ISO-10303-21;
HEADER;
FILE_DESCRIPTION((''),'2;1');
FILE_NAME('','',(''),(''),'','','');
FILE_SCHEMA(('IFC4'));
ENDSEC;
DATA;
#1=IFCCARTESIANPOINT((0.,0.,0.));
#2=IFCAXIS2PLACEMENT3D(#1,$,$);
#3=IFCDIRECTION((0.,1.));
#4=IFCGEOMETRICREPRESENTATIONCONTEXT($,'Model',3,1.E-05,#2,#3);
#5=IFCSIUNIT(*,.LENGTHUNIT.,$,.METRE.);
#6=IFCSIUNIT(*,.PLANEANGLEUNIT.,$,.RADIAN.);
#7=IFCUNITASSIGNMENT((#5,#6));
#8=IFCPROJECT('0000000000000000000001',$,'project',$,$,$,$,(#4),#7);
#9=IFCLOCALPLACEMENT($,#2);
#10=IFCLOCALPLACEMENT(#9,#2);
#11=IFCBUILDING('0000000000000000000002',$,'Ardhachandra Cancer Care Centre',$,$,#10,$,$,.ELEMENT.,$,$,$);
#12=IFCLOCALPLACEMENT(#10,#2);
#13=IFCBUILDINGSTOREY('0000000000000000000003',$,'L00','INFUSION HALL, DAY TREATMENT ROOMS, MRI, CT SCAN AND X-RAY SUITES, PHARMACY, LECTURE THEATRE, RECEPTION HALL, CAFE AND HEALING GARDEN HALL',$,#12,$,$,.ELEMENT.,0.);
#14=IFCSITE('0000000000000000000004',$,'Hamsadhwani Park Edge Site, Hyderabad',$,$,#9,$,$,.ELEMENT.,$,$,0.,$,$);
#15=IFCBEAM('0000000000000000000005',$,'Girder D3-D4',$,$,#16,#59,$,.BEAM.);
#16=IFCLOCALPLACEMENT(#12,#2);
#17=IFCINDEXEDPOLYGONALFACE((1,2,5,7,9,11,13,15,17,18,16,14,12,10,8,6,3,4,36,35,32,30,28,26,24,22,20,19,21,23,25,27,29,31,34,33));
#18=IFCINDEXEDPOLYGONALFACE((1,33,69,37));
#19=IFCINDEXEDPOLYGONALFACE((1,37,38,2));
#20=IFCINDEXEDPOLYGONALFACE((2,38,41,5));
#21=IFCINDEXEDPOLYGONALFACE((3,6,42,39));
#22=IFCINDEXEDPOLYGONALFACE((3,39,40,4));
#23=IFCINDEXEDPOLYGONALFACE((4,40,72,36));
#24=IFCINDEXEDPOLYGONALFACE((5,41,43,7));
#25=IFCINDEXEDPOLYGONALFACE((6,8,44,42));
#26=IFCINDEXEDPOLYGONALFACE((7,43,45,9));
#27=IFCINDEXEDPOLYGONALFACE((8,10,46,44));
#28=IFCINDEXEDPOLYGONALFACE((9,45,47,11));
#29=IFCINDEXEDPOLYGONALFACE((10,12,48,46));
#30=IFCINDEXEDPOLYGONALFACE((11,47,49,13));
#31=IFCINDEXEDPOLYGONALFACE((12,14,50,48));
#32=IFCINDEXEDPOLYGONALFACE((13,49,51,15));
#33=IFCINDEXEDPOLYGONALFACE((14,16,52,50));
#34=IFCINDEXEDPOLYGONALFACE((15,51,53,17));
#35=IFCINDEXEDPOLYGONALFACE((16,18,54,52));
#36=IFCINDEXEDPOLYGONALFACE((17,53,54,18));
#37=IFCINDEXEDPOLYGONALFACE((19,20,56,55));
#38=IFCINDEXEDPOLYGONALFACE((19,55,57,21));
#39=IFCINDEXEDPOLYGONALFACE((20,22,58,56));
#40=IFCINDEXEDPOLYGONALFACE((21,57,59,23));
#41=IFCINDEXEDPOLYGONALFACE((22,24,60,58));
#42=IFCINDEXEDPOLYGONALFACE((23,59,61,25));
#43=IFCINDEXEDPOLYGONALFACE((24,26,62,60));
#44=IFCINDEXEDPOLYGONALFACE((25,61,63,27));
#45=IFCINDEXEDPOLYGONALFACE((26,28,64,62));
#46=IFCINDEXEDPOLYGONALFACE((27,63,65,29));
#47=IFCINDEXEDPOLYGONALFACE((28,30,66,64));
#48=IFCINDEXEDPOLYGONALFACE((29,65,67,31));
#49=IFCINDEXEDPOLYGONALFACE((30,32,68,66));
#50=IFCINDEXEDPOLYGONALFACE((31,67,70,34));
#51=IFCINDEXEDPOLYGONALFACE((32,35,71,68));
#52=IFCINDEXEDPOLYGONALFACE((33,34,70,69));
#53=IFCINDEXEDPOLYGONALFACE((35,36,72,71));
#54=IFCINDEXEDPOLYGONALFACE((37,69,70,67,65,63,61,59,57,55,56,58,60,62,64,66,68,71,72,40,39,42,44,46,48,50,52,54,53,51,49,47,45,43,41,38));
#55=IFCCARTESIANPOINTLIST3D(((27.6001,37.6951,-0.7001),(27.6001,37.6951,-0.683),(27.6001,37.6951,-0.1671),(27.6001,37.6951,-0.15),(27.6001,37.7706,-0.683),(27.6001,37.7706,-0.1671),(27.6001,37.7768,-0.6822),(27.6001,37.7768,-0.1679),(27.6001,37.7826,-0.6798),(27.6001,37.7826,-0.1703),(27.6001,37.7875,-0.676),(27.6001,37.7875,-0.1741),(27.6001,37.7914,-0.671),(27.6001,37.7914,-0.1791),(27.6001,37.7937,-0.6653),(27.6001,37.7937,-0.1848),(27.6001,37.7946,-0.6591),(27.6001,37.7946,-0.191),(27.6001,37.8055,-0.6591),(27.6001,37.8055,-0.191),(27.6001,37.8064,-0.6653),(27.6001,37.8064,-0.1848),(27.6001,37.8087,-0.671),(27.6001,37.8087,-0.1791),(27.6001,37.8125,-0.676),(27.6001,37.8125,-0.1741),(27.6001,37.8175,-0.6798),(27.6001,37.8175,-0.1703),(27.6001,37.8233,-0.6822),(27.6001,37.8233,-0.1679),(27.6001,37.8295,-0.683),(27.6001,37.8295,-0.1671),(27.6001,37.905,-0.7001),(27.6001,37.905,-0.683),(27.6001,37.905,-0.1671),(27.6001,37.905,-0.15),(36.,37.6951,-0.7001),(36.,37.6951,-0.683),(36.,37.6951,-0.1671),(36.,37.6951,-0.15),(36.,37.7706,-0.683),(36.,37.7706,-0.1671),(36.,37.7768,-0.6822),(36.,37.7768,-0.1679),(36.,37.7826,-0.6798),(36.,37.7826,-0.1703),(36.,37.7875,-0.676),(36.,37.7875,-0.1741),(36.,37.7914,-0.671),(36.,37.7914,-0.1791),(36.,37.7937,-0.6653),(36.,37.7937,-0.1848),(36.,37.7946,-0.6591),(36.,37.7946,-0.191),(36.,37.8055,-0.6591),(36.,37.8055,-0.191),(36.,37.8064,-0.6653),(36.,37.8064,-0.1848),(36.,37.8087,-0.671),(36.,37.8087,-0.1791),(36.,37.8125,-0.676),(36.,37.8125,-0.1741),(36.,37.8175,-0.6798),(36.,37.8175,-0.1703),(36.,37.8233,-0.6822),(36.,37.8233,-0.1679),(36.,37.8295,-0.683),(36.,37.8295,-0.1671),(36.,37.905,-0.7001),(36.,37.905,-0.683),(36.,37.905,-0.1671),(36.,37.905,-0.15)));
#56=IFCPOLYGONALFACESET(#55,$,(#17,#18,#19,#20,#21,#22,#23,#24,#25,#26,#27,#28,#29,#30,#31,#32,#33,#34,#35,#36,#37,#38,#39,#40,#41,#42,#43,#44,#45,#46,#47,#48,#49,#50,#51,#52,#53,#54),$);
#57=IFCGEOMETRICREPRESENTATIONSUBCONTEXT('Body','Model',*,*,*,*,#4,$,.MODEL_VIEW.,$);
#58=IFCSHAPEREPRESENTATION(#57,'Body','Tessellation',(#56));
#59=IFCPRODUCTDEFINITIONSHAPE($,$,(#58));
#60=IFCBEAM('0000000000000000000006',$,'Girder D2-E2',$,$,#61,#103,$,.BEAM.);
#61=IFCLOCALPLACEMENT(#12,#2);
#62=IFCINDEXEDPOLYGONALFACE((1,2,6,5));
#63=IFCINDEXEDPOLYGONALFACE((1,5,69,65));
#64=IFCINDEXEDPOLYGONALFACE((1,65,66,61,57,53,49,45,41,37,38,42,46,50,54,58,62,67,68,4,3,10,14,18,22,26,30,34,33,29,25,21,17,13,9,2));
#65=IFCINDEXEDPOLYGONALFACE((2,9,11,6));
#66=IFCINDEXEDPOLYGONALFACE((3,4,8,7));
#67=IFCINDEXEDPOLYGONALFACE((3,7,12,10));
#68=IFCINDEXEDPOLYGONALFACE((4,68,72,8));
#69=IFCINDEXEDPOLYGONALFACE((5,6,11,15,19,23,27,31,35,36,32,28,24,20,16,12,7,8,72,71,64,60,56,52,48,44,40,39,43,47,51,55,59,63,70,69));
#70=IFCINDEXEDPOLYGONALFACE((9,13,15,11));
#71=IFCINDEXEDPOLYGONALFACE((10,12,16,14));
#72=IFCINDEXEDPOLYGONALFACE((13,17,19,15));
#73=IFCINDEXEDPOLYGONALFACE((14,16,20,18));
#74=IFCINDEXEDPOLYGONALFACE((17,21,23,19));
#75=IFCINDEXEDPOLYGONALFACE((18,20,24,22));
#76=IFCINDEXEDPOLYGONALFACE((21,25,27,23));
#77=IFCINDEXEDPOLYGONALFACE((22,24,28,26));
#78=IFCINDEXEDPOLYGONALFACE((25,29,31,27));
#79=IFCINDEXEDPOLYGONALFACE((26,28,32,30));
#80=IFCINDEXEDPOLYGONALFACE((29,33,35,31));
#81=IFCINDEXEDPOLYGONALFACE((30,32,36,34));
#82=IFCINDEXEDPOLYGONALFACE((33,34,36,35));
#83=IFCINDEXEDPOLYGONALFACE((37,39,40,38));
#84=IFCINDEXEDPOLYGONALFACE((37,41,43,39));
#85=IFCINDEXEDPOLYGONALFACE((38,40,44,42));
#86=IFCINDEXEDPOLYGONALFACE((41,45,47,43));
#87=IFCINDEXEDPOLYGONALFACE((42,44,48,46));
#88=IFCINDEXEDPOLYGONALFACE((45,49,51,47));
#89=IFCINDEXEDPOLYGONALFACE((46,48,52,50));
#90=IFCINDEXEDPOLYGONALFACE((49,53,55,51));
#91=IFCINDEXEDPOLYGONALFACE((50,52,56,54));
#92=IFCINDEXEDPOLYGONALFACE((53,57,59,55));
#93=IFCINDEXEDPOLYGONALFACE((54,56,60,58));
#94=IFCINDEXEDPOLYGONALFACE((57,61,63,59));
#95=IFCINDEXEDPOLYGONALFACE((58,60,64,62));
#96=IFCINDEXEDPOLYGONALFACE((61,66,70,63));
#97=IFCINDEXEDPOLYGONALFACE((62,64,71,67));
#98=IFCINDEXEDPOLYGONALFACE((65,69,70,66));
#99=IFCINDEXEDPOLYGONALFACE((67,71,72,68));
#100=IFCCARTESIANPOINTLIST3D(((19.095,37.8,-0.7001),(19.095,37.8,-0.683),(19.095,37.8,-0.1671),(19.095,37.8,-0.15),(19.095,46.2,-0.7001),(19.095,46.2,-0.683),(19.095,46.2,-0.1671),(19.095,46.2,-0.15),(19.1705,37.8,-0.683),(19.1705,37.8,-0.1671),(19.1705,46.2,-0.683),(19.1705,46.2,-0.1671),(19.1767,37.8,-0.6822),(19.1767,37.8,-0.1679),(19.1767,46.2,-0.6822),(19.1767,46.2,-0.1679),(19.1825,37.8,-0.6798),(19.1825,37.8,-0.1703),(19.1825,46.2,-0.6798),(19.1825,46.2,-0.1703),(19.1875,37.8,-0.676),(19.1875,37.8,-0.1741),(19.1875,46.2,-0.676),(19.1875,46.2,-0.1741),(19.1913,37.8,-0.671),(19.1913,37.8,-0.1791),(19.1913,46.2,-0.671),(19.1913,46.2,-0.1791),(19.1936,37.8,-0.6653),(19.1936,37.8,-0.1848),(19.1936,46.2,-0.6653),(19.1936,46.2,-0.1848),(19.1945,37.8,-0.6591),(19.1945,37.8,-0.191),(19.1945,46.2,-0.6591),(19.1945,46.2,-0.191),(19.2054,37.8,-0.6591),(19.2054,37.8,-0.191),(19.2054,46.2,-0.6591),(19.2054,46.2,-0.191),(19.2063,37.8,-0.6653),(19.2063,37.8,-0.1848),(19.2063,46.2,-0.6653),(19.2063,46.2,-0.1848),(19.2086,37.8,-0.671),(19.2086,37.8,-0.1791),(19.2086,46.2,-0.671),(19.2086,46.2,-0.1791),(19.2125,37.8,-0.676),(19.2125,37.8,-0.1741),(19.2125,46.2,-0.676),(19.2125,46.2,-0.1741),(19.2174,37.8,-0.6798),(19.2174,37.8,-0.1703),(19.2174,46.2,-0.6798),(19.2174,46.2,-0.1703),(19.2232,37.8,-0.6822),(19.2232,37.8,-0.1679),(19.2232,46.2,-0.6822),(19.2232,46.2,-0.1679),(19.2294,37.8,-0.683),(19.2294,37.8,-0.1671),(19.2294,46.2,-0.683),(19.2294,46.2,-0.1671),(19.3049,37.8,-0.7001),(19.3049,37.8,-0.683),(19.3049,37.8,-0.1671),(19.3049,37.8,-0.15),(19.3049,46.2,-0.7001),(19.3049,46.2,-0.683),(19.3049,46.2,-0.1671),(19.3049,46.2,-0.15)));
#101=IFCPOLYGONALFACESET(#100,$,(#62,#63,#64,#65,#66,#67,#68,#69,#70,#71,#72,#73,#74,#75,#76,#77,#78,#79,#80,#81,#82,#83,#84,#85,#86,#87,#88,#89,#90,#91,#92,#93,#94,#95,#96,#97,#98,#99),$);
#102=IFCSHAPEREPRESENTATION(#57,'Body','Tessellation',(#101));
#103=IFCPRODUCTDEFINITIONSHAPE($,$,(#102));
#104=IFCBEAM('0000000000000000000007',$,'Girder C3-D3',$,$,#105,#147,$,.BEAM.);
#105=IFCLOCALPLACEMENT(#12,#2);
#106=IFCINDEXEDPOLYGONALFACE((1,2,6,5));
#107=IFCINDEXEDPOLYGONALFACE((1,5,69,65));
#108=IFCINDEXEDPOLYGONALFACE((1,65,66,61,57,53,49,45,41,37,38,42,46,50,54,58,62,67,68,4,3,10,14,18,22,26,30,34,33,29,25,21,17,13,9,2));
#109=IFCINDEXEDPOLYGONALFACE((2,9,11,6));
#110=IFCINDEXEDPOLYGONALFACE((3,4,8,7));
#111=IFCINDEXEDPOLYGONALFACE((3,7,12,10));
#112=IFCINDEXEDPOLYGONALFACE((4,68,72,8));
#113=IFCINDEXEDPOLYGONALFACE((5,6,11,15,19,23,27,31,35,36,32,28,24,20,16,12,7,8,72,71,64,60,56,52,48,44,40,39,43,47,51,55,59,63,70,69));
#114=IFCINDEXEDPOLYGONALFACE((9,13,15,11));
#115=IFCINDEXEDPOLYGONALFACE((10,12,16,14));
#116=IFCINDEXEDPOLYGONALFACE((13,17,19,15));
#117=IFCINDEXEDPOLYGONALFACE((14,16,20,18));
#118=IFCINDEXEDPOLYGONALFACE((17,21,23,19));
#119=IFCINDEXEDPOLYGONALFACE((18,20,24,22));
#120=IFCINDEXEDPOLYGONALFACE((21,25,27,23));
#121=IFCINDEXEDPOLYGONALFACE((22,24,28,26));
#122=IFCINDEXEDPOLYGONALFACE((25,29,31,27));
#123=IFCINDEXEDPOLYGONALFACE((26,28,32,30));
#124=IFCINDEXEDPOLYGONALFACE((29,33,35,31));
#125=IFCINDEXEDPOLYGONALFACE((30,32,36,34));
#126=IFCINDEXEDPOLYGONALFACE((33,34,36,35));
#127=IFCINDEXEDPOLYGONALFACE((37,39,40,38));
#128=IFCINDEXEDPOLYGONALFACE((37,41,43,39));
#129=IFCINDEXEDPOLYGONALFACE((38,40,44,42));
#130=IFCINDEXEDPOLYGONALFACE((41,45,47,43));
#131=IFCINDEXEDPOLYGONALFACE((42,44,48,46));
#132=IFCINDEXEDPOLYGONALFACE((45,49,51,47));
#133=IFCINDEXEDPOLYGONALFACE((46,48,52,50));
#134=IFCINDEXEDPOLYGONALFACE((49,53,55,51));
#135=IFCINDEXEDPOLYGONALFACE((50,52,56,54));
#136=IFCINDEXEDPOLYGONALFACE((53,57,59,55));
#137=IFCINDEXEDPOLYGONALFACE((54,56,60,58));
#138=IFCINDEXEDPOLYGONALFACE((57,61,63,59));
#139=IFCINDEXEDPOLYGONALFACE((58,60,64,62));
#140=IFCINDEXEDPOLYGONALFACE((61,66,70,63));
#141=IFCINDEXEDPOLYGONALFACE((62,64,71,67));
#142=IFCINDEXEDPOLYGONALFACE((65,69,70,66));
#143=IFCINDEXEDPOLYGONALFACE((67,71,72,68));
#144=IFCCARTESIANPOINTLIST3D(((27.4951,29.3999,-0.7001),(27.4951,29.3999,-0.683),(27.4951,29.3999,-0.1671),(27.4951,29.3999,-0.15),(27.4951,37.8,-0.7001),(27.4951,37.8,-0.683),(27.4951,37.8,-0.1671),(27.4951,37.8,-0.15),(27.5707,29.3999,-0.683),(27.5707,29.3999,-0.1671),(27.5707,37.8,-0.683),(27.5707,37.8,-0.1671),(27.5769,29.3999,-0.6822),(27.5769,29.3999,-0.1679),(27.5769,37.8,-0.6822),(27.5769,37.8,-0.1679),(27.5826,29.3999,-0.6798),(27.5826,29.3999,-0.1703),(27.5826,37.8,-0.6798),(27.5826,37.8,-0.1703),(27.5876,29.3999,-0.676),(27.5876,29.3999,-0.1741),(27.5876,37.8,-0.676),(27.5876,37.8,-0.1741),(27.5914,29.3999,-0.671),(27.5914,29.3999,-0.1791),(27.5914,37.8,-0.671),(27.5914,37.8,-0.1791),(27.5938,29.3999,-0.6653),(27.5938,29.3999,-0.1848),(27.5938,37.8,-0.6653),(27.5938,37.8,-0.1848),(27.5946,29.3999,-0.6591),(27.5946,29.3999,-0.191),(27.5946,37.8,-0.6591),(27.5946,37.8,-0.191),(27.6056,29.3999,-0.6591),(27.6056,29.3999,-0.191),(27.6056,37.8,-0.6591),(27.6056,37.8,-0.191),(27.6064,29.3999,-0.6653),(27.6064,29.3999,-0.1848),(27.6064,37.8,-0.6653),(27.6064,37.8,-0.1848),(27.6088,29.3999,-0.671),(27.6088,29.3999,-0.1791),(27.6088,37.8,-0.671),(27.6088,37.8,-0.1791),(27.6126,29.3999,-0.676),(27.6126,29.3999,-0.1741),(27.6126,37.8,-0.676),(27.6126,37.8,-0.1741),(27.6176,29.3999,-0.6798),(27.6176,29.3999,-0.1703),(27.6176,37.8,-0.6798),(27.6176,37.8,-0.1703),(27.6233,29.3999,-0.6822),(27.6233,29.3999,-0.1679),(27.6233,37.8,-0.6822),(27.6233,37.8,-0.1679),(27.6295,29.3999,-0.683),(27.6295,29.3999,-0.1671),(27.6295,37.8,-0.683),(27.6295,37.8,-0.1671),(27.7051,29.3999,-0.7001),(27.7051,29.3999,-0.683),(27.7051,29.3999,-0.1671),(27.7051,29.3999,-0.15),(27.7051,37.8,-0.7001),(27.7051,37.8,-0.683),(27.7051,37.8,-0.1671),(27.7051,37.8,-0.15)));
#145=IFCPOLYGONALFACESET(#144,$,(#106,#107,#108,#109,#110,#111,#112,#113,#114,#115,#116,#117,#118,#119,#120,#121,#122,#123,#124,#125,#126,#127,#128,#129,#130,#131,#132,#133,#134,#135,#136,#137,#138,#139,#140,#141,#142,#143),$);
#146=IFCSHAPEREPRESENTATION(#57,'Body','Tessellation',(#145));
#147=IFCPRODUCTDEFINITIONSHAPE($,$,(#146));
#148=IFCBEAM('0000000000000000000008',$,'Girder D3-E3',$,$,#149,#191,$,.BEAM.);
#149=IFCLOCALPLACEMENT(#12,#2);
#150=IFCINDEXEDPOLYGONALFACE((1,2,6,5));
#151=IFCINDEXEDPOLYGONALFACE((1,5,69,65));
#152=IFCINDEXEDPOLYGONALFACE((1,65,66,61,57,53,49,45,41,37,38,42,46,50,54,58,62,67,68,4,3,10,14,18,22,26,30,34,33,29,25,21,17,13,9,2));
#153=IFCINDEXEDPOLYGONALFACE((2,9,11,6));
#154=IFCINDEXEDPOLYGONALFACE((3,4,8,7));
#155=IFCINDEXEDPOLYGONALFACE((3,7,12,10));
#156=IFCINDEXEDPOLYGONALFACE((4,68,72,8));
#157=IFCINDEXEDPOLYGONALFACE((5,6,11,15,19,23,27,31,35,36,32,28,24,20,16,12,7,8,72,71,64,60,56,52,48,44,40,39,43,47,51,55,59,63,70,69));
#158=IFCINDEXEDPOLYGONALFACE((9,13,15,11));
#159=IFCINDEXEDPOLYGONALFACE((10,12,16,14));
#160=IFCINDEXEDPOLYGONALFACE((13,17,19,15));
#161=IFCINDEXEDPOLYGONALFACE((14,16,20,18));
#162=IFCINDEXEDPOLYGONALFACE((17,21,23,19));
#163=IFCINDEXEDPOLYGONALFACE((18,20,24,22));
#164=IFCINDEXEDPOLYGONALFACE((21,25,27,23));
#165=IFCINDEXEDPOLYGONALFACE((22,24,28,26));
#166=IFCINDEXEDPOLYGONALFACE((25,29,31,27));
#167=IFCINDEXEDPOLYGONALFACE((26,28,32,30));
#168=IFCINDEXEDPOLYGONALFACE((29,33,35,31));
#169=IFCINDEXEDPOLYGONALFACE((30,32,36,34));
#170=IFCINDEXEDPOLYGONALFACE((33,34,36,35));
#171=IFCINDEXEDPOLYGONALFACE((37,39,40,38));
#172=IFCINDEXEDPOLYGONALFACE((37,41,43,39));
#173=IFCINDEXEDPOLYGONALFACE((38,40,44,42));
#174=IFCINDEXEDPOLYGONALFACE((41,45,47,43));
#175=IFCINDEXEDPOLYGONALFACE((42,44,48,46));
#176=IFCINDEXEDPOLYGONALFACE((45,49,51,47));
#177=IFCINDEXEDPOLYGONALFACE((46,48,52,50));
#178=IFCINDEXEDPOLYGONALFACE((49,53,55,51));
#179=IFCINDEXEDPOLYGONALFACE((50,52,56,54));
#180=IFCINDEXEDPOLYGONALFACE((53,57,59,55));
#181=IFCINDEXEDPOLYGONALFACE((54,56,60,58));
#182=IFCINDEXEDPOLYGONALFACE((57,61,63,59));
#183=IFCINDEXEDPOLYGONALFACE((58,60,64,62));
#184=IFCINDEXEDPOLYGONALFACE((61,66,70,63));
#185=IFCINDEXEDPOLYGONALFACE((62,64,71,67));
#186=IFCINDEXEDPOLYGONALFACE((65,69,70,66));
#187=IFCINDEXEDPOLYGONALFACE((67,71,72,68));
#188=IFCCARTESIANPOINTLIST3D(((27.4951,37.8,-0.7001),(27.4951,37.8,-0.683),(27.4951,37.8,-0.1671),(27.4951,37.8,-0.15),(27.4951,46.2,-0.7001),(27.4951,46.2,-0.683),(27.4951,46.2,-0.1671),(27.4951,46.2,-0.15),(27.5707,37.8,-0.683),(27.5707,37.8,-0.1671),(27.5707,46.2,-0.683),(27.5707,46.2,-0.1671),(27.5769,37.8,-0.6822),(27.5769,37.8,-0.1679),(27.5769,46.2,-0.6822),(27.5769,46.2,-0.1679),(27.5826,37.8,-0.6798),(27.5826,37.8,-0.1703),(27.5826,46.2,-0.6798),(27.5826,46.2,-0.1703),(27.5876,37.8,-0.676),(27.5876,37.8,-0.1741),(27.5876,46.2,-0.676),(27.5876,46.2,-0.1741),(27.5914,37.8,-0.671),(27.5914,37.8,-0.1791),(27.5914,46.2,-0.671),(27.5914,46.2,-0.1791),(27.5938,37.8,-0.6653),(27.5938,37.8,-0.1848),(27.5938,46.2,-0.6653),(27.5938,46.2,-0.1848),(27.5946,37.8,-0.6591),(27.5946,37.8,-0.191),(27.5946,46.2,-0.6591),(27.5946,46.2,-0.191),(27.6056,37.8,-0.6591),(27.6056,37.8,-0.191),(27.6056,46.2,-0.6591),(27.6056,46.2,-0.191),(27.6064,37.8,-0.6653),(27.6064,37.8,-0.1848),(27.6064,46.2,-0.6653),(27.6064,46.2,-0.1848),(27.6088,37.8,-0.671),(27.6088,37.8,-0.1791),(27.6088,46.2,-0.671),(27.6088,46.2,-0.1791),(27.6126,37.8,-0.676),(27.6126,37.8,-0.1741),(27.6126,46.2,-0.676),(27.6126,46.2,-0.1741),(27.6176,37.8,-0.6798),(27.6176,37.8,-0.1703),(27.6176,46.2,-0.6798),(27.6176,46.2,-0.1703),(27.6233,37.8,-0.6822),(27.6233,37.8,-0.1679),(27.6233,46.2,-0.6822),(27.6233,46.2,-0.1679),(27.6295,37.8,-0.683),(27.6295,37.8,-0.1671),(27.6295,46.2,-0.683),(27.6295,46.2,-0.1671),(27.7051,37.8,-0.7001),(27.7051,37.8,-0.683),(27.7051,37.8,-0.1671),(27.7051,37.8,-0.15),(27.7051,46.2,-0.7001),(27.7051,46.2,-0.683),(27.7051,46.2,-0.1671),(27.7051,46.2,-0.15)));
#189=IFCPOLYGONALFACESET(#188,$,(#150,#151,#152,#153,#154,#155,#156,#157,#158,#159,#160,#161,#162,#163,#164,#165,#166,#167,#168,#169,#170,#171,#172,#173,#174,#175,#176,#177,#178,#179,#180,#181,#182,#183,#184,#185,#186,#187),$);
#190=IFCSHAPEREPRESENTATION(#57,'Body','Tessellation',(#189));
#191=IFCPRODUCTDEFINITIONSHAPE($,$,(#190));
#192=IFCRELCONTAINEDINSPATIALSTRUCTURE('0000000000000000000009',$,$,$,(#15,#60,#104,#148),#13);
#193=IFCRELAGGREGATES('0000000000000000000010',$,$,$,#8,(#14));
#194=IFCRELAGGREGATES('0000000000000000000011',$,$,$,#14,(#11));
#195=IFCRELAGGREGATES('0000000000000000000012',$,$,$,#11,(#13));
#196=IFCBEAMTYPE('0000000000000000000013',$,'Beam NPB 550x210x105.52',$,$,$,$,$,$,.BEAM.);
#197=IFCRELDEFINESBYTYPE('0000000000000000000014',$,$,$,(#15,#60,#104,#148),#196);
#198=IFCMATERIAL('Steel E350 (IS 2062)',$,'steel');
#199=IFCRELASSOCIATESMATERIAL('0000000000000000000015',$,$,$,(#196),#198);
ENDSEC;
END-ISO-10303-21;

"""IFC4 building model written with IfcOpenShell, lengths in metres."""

from ifc_helpers import new_model, si_unit, direction, frame, origin, origin_2d, place, context, subcontext, project, spatial, i_section, extrude, material, material_profile, profile_set, type_object, element, save


model = new_model("IFC4")

# Units and contexts
model_context = context("Model", 3, precision=1e-05, world=origin(), true_north=direction((0.0, 1.0)))
body_context = subcontext(model_context, "Body", "Model", "MODEL_VIEW")
ifc_project = project(units=[si_unit("LENGTHUNIT", "METRE"), si_unit("PLANEANGLEUNIT", "RADIAN")], contexts=[model_context])

# Site, building, storey
site_placement = place(None, origin())
site = spatial("IfcSite", under=ifc_project, at=site_placement, Name="Hamsadhwani Park Edge Site, Hyderabad", CompositionType="ELEMENT", RefElevation=0.0)
building_placement = place(site_placement, origin())
building = spatial("IfcBuilding", under=site, at=building_placement, Name="Ardhachandra Cancer Care Centre", CompositionType="ELEMENT")
storey_placement = place(building_placement, origin())
storey = spatial("IfcBuildingStorey", under=building, at=storey_placement, Name="L00", Description="INFUSION HALL, DAY TREATMENT ROOMS, MRI, CT SCAN AND X-RAY SUITES, PHARMACY, LECTURE THEATRE, RECEPTION HALL, CAFE AND HEALING GARDEN HALL", CompositionType="ELEMENT", Elevation=0.0)

# Beams
ifc_material_1 = material(Name="Steel E350 (IS 2062)", Category="steel")
ifc_material_profile_1 = material_profile(ifc_material_1, i_section(OverallWidth=0.21, OverallDepth=0.55, WebThickness=0.011, FlangeThickness=0.0171, FilletRadius=0.0239, at=origin_2d()), Name="NPB 550x210x105.52")
ifc_profile_set_1 = profile_set([ifc_material_profile_1], Name="Steel E350 (IS 2062)")
beam_type_1 = type_object("IfcBeamType", Name="Beam NPB 550x210x105.52", PredefinedType="BEAM", material=ifc_profile_set_1)
for number, where, z_axis, x_axis, name in (
    (1, (27.6001, 37.8, -0.425), (1.0, 0.0, 0.0), (0.0, 1.0, 0.0), "Girder D3-D4"),
    (2, (19.2, 37.8, -0.425), (0.0, 1.0, 0.0), (-1.0, 0.0, 0.0), "Girder D2-E2"),
):
    element("IfcBeam", number, at=place(storey_placement, frame(where, z_axis=z_axis, x_axis=x_axis)), inside=storey, type_object=beam_type_1, Name=name, PredefinedType="BEAM", context=body_context, shape_type="SweptSolid", body=[
        extrude(i_section(OverallWidth=0.21, OverallDepth=0.55, WebThickness=0.011, FlangeThickness=0.0171, FilletRadius=0.0239, at=origin_2d()), origin(), (0.0, 0.0, 1.0), 8.3999),
    ])
beam_1_placement = place(storey_placement, frame((27.6001, 29.3999, -0.425), z_axis=(0.0, 1.0, 0.0), x_axis=(-1.0, 0.0, 0.0)))
element("IfcBeam", 3, at=beam_1_placement, inside=storey, type_object=beam_type_1, Name="Girder C3-D3", PredefinedType="BEAM", context=body_context, shape_type="SweptSolid", body=[
    extrude(i_section(OverallWidth=0.21, OverallDepth=0.55, WebThickness=0.011, FlangeThickness=0.0171, FilletRadius=0.0239, at=origin_2d()), origin(), (0.0, 0.0, 1.0), 8.4001),
])
beam_2_placement = place(storey_placement, frame((27.6001, 37.8, -0.425), z_axis=(0.0, 1.0, 0.0), x_axis=(-1.0, 0.0, 0.0)))
element("IfcBeam", 4, at=beam_2_placement, inside=storey, type_object=beam_type_1, Name="Girder D3-E3", PredefinedType="BEAM", context=body_context, shape_type="SweptSolid", body=[
    extrude(i_section(OverallWidth=0.21, OverallDepth=0.55, WebThickness=0.011, FlangeThickness=0.0171, FilletRadius=0.0239, at=origin_2d()), origin(), (0.0, 0.0, 1.0), 8.3999),
])

save(model, "model.ifc")
